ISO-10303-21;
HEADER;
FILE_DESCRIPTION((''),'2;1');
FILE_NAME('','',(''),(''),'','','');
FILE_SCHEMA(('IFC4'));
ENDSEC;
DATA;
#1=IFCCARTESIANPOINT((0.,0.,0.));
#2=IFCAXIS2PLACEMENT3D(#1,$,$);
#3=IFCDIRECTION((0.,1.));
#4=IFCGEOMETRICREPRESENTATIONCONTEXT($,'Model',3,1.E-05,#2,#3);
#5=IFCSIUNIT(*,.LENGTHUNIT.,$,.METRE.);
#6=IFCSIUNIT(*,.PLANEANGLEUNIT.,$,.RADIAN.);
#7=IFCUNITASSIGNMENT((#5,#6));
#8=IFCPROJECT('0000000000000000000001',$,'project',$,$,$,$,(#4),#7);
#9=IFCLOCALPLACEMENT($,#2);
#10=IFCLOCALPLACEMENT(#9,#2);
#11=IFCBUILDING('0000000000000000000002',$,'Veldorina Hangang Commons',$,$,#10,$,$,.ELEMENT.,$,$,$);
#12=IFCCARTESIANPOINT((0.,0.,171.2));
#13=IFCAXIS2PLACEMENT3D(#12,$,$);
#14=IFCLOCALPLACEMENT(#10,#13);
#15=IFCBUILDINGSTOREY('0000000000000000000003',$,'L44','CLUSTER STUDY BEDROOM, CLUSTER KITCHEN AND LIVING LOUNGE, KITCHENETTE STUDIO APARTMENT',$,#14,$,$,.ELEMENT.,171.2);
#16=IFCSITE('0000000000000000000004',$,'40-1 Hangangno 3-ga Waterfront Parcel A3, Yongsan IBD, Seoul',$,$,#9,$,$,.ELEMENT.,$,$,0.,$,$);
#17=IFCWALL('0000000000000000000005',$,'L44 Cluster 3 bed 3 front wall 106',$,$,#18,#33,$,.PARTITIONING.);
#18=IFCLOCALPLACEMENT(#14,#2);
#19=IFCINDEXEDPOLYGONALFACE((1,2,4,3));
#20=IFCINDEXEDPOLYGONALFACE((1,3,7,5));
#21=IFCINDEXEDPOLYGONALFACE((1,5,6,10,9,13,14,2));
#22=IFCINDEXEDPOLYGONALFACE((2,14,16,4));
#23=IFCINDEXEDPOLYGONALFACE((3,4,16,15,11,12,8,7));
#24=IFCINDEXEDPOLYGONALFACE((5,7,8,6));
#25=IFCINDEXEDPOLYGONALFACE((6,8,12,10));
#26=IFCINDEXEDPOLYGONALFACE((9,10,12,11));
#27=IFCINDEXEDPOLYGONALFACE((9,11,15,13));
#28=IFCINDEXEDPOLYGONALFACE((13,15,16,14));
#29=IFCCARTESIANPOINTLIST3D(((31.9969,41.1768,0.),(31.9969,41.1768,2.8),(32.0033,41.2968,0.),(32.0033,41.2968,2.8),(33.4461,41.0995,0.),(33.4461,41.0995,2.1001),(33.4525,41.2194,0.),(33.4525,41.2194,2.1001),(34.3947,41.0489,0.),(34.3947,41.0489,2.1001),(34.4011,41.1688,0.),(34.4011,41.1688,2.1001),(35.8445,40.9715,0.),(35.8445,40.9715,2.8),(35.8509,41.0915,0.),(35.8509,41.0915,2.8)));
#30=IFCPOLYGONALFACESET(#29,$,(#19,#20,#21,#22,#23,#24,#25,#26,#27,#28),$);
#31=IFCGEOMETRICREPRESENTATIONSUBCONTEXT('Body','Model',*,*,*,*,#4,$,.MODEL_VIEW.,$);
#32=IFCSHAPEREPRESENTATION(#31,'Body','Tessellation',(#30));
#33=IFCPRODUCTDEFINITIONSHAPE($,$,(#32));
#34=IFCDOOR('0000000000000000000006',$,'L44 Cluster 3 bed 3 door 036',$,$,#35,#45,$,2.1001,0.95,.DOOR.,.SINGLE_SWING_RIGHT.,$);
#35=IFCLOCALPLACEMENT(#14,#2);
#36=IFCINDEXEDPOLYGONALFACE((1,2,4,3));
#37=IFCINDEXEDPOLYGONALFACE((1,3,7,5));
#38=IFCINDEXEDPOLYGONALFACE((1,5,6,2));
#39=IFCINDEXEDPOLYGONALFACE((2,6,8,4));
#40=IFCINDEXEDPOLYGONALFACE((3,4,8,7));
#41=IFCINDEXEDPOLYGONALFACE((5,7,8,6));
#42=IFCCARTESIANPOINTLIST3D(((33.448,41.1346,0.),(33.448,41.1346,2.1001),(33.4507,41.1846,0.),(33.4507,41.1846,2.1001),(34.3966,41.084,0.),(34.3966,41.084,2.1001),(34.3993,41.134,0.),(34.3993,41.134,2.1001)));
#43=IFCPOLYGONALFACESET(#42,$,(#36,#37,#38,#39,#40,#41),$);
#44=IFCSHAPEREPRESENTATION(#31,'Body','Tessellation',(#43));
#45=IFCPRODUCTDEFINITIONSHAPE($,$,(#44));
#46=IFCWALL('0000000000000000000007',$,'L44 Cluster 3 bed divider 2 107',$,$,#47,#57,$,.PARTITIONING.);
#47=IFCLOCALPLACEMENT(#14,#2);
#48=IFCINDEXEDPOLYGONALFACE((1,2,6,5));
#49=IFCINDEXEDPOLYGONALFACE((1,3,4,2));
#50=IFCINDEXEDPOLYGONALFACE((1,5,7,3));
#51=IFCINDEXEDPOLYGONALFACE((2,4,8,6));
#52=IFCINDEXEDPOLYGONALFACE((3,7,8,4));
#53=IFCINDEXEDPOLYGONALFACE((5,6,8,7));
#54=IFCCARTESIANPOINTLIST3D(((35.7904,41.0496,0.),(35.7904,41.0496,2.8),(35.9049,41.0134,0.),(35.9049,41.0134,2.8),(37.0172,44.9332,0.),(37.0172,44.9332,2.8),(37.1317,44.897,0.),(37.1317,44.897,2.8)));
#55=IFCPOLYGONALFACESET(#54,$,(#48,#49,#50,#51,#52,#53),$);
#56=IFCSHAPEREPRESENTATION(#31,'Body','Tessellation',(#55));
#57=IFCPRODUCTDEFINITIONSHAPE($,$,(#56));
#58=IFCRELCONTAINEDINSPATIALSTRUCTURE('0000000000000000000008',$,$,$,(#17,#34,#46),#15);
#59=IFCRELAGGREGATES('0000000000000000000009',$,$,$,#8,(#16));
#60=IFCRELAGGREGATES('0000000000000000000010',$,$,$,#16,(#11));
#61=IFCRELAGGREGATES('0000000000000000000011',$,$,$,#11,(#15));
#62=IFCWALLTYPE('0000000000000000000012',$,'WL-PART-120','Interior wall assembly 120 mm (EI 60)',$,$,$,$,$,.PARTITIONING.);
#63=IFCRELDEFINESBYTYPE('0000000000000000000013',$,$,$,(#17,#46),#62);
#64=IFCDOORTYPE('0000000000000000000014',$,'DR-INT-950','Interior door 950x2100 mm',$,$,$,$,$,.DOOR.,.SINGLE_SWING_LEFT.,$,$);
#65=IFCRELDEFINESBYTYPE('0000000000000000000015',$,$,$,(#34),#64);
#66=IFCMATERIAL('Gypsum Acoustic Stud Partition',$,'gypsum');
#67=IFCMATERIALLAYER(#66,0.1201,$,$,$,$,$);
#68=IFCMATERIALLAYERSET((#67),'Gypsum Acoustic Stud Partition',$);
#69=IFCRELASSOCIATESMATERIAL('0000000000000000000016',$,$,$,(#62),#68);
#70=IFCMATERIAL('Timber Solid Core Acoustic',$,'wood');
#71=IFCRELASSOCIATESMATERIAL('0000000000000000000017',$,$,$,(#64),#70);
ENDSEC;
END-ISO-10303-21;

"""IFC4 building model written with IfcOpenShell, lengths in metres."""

from ifc_helpers import new_model, si_unit, direction, frame, frame_2d, origin, place, context, subcontext, project, spatial, rectangle, extrude, material, layer, layer_set, type_object, element, fill, save


model = new_model("IFC4")

# Units and contexts
model_context = context("Model", 3, precision=1e-05, world=origin(), true_north=direction((0.0, 1.0)))
body_context = subcontext(model_context, "Body", "Model", "MODEL_VIEW")
ifc_project = project(units=[si_unit("LENGTHUNIT", "METRE"), si_unit("PLANEANGLEUNIT", "RADIAN")], contexts=[model_context])

# Site, building, storey
site_placement = place(None, origin())
site = spatial("IfcSite", under=ifc_project, at=site_placement, Name="40-1 Hangangno 3-ga Waterfront Parcel A3, Yongsan IBD, Seoul", CompositionType="ELEMENT", RefElevation=0.0)
building_placement = place(site_placement, origin())
building = spatial("IfcBuilding", under=site, at=building_placement, Name="Veldorina Hangang Commons", CompositionType="ELEMENT")
storey_placement = place(building_placement, frame((0.0, 0.0, 171.2)))
storey = spatial("IfcBuildingStorey", under=building, at=storey_placement, Name="L44", Description="CLUSTER STUDY BEDROOM, CLUSTER KITCHEN AND LIVING LOUNGE, KITCHENETTE STUDIO APARTMENT", CompositionType="ELEMENT", Elevation=171.2)

# Shared definitions
ifc_material_1 = material(Name="Gypsum Acoustic Stud Partition", Category="gypsum")
ifc_layer_1 = layer(ifc_material_1, 0.1201)
ifc_layer_set_1 = layer_set([ifc_layer_1], Name="Gypsum Acoustic Stud Partition")
wall_type_1 = type_object("IfcWallType", Name="WL-PART-120", Description="Interior wall assembly 120 mm (EI 60)", PredefinedType="PARTITIONING", material=ifc_layer_set_1)
ifc_material_2 = material(Name="Timber Solid Core Acoustic", Category="wood")
door_type_1 = type_object("IfcDoorType", Name="DR-INT-950", Description="Interior door 950x2100 mm", OperationType="SINGLE_SWING_LEFT", PredefinedType="DOOR", material=ifc_material_2)

# Wall, opening, door
wall_1_placement = place(storey_placement, frame((35.8477, 41.0315, 0.0), z_axis=(0.0, 0.0, 1.0), x_axis=(-0.998579, 0.053287, 0.0)))
wall_1 = element("IfcWall", 1, at=wall_1_placement, inside=storey, type_object=wall_type_1, Name="L44 Cluster 3 bed 3 front wall 106", PredefinedType="PARTITIONING", context=body_context, shape_type="SweptSolid", body=[
    extrude(rectangle(XDim=3.853, YDim=0.1201, at=frame_2d((1.9265, 0.0))), origin(), (0.0, 0.0, 1.0), 2.8),
])
opening_1_placement = place(wall_1_placement, frame((1.4517, 0.0, 0.0)))
opening_1 = element("IfcOpeningElement", 2, at=opening_1_placement, cuts=wall_1, PredefinedType="OPENING", context=body_context, shape_type="SweptSolid", body=[
    extrude(rectangle(XDim=0.95, YDim=2.1001, at=frame_2d((0.4751, 1.05))), frame((0.0, 0.0701, 0.0), z_axis=(0.0, -1.0, 0.0), x_axis=(1.0, 0.0, 0.0)), (0.0, 0.0, 1.0), 0.1401),
])
door_1_placement = place(opening_1_placement, origin())
door_1 = element("IfcDoor", 3, at=door_1_placement, inside=storey, type_object=door_type_1, Name="L44 Cluster 3 bed 3 door 036", OperationType="SINGLE_SWING_RIGHT", OverallHeight=2.1001, OverallWidth=0.95, PredefinedType="DOOR", context=body_context, shape_type="SweptSolid", body=[
    extrude(rectangle(XDim=0.95, YDim=2.1001, at=frame_2d((0.4751, 1.05))), frame((0.0, 0.0249, 0.0), z_axis=(0.0, -1.0, 0.0), x_axis=(1.0, 0.0, 0.0)), (0.0, 0.0, 1.0), 0.05),
])
fill(opening_1, door_1)

# Wall
wall_2_placement = place(storey_placement, frame((35.8477, 41.0315, 0.0), z_axis=(0.0, 0.0, 1.0), x_axis=(0.301226, 0.953553, 0.0)))
element("IfcWall", 4, at=wall_2_placement, inside=storey, type_object=wall_type_1, Name="L44 Cluster 3 bed divider 2 107", PredefinedType="PARTITIONING", context=body_context, shape_type="SweptSolid", body=[
    extrude(rectangle(XDim=4.0728, YDim=0.1201, at=frame_2d((2.0364, 0.0))), origin(), (0.0, 0.0, 1.0), 2.8),
])

save(model, "model.ifc")
